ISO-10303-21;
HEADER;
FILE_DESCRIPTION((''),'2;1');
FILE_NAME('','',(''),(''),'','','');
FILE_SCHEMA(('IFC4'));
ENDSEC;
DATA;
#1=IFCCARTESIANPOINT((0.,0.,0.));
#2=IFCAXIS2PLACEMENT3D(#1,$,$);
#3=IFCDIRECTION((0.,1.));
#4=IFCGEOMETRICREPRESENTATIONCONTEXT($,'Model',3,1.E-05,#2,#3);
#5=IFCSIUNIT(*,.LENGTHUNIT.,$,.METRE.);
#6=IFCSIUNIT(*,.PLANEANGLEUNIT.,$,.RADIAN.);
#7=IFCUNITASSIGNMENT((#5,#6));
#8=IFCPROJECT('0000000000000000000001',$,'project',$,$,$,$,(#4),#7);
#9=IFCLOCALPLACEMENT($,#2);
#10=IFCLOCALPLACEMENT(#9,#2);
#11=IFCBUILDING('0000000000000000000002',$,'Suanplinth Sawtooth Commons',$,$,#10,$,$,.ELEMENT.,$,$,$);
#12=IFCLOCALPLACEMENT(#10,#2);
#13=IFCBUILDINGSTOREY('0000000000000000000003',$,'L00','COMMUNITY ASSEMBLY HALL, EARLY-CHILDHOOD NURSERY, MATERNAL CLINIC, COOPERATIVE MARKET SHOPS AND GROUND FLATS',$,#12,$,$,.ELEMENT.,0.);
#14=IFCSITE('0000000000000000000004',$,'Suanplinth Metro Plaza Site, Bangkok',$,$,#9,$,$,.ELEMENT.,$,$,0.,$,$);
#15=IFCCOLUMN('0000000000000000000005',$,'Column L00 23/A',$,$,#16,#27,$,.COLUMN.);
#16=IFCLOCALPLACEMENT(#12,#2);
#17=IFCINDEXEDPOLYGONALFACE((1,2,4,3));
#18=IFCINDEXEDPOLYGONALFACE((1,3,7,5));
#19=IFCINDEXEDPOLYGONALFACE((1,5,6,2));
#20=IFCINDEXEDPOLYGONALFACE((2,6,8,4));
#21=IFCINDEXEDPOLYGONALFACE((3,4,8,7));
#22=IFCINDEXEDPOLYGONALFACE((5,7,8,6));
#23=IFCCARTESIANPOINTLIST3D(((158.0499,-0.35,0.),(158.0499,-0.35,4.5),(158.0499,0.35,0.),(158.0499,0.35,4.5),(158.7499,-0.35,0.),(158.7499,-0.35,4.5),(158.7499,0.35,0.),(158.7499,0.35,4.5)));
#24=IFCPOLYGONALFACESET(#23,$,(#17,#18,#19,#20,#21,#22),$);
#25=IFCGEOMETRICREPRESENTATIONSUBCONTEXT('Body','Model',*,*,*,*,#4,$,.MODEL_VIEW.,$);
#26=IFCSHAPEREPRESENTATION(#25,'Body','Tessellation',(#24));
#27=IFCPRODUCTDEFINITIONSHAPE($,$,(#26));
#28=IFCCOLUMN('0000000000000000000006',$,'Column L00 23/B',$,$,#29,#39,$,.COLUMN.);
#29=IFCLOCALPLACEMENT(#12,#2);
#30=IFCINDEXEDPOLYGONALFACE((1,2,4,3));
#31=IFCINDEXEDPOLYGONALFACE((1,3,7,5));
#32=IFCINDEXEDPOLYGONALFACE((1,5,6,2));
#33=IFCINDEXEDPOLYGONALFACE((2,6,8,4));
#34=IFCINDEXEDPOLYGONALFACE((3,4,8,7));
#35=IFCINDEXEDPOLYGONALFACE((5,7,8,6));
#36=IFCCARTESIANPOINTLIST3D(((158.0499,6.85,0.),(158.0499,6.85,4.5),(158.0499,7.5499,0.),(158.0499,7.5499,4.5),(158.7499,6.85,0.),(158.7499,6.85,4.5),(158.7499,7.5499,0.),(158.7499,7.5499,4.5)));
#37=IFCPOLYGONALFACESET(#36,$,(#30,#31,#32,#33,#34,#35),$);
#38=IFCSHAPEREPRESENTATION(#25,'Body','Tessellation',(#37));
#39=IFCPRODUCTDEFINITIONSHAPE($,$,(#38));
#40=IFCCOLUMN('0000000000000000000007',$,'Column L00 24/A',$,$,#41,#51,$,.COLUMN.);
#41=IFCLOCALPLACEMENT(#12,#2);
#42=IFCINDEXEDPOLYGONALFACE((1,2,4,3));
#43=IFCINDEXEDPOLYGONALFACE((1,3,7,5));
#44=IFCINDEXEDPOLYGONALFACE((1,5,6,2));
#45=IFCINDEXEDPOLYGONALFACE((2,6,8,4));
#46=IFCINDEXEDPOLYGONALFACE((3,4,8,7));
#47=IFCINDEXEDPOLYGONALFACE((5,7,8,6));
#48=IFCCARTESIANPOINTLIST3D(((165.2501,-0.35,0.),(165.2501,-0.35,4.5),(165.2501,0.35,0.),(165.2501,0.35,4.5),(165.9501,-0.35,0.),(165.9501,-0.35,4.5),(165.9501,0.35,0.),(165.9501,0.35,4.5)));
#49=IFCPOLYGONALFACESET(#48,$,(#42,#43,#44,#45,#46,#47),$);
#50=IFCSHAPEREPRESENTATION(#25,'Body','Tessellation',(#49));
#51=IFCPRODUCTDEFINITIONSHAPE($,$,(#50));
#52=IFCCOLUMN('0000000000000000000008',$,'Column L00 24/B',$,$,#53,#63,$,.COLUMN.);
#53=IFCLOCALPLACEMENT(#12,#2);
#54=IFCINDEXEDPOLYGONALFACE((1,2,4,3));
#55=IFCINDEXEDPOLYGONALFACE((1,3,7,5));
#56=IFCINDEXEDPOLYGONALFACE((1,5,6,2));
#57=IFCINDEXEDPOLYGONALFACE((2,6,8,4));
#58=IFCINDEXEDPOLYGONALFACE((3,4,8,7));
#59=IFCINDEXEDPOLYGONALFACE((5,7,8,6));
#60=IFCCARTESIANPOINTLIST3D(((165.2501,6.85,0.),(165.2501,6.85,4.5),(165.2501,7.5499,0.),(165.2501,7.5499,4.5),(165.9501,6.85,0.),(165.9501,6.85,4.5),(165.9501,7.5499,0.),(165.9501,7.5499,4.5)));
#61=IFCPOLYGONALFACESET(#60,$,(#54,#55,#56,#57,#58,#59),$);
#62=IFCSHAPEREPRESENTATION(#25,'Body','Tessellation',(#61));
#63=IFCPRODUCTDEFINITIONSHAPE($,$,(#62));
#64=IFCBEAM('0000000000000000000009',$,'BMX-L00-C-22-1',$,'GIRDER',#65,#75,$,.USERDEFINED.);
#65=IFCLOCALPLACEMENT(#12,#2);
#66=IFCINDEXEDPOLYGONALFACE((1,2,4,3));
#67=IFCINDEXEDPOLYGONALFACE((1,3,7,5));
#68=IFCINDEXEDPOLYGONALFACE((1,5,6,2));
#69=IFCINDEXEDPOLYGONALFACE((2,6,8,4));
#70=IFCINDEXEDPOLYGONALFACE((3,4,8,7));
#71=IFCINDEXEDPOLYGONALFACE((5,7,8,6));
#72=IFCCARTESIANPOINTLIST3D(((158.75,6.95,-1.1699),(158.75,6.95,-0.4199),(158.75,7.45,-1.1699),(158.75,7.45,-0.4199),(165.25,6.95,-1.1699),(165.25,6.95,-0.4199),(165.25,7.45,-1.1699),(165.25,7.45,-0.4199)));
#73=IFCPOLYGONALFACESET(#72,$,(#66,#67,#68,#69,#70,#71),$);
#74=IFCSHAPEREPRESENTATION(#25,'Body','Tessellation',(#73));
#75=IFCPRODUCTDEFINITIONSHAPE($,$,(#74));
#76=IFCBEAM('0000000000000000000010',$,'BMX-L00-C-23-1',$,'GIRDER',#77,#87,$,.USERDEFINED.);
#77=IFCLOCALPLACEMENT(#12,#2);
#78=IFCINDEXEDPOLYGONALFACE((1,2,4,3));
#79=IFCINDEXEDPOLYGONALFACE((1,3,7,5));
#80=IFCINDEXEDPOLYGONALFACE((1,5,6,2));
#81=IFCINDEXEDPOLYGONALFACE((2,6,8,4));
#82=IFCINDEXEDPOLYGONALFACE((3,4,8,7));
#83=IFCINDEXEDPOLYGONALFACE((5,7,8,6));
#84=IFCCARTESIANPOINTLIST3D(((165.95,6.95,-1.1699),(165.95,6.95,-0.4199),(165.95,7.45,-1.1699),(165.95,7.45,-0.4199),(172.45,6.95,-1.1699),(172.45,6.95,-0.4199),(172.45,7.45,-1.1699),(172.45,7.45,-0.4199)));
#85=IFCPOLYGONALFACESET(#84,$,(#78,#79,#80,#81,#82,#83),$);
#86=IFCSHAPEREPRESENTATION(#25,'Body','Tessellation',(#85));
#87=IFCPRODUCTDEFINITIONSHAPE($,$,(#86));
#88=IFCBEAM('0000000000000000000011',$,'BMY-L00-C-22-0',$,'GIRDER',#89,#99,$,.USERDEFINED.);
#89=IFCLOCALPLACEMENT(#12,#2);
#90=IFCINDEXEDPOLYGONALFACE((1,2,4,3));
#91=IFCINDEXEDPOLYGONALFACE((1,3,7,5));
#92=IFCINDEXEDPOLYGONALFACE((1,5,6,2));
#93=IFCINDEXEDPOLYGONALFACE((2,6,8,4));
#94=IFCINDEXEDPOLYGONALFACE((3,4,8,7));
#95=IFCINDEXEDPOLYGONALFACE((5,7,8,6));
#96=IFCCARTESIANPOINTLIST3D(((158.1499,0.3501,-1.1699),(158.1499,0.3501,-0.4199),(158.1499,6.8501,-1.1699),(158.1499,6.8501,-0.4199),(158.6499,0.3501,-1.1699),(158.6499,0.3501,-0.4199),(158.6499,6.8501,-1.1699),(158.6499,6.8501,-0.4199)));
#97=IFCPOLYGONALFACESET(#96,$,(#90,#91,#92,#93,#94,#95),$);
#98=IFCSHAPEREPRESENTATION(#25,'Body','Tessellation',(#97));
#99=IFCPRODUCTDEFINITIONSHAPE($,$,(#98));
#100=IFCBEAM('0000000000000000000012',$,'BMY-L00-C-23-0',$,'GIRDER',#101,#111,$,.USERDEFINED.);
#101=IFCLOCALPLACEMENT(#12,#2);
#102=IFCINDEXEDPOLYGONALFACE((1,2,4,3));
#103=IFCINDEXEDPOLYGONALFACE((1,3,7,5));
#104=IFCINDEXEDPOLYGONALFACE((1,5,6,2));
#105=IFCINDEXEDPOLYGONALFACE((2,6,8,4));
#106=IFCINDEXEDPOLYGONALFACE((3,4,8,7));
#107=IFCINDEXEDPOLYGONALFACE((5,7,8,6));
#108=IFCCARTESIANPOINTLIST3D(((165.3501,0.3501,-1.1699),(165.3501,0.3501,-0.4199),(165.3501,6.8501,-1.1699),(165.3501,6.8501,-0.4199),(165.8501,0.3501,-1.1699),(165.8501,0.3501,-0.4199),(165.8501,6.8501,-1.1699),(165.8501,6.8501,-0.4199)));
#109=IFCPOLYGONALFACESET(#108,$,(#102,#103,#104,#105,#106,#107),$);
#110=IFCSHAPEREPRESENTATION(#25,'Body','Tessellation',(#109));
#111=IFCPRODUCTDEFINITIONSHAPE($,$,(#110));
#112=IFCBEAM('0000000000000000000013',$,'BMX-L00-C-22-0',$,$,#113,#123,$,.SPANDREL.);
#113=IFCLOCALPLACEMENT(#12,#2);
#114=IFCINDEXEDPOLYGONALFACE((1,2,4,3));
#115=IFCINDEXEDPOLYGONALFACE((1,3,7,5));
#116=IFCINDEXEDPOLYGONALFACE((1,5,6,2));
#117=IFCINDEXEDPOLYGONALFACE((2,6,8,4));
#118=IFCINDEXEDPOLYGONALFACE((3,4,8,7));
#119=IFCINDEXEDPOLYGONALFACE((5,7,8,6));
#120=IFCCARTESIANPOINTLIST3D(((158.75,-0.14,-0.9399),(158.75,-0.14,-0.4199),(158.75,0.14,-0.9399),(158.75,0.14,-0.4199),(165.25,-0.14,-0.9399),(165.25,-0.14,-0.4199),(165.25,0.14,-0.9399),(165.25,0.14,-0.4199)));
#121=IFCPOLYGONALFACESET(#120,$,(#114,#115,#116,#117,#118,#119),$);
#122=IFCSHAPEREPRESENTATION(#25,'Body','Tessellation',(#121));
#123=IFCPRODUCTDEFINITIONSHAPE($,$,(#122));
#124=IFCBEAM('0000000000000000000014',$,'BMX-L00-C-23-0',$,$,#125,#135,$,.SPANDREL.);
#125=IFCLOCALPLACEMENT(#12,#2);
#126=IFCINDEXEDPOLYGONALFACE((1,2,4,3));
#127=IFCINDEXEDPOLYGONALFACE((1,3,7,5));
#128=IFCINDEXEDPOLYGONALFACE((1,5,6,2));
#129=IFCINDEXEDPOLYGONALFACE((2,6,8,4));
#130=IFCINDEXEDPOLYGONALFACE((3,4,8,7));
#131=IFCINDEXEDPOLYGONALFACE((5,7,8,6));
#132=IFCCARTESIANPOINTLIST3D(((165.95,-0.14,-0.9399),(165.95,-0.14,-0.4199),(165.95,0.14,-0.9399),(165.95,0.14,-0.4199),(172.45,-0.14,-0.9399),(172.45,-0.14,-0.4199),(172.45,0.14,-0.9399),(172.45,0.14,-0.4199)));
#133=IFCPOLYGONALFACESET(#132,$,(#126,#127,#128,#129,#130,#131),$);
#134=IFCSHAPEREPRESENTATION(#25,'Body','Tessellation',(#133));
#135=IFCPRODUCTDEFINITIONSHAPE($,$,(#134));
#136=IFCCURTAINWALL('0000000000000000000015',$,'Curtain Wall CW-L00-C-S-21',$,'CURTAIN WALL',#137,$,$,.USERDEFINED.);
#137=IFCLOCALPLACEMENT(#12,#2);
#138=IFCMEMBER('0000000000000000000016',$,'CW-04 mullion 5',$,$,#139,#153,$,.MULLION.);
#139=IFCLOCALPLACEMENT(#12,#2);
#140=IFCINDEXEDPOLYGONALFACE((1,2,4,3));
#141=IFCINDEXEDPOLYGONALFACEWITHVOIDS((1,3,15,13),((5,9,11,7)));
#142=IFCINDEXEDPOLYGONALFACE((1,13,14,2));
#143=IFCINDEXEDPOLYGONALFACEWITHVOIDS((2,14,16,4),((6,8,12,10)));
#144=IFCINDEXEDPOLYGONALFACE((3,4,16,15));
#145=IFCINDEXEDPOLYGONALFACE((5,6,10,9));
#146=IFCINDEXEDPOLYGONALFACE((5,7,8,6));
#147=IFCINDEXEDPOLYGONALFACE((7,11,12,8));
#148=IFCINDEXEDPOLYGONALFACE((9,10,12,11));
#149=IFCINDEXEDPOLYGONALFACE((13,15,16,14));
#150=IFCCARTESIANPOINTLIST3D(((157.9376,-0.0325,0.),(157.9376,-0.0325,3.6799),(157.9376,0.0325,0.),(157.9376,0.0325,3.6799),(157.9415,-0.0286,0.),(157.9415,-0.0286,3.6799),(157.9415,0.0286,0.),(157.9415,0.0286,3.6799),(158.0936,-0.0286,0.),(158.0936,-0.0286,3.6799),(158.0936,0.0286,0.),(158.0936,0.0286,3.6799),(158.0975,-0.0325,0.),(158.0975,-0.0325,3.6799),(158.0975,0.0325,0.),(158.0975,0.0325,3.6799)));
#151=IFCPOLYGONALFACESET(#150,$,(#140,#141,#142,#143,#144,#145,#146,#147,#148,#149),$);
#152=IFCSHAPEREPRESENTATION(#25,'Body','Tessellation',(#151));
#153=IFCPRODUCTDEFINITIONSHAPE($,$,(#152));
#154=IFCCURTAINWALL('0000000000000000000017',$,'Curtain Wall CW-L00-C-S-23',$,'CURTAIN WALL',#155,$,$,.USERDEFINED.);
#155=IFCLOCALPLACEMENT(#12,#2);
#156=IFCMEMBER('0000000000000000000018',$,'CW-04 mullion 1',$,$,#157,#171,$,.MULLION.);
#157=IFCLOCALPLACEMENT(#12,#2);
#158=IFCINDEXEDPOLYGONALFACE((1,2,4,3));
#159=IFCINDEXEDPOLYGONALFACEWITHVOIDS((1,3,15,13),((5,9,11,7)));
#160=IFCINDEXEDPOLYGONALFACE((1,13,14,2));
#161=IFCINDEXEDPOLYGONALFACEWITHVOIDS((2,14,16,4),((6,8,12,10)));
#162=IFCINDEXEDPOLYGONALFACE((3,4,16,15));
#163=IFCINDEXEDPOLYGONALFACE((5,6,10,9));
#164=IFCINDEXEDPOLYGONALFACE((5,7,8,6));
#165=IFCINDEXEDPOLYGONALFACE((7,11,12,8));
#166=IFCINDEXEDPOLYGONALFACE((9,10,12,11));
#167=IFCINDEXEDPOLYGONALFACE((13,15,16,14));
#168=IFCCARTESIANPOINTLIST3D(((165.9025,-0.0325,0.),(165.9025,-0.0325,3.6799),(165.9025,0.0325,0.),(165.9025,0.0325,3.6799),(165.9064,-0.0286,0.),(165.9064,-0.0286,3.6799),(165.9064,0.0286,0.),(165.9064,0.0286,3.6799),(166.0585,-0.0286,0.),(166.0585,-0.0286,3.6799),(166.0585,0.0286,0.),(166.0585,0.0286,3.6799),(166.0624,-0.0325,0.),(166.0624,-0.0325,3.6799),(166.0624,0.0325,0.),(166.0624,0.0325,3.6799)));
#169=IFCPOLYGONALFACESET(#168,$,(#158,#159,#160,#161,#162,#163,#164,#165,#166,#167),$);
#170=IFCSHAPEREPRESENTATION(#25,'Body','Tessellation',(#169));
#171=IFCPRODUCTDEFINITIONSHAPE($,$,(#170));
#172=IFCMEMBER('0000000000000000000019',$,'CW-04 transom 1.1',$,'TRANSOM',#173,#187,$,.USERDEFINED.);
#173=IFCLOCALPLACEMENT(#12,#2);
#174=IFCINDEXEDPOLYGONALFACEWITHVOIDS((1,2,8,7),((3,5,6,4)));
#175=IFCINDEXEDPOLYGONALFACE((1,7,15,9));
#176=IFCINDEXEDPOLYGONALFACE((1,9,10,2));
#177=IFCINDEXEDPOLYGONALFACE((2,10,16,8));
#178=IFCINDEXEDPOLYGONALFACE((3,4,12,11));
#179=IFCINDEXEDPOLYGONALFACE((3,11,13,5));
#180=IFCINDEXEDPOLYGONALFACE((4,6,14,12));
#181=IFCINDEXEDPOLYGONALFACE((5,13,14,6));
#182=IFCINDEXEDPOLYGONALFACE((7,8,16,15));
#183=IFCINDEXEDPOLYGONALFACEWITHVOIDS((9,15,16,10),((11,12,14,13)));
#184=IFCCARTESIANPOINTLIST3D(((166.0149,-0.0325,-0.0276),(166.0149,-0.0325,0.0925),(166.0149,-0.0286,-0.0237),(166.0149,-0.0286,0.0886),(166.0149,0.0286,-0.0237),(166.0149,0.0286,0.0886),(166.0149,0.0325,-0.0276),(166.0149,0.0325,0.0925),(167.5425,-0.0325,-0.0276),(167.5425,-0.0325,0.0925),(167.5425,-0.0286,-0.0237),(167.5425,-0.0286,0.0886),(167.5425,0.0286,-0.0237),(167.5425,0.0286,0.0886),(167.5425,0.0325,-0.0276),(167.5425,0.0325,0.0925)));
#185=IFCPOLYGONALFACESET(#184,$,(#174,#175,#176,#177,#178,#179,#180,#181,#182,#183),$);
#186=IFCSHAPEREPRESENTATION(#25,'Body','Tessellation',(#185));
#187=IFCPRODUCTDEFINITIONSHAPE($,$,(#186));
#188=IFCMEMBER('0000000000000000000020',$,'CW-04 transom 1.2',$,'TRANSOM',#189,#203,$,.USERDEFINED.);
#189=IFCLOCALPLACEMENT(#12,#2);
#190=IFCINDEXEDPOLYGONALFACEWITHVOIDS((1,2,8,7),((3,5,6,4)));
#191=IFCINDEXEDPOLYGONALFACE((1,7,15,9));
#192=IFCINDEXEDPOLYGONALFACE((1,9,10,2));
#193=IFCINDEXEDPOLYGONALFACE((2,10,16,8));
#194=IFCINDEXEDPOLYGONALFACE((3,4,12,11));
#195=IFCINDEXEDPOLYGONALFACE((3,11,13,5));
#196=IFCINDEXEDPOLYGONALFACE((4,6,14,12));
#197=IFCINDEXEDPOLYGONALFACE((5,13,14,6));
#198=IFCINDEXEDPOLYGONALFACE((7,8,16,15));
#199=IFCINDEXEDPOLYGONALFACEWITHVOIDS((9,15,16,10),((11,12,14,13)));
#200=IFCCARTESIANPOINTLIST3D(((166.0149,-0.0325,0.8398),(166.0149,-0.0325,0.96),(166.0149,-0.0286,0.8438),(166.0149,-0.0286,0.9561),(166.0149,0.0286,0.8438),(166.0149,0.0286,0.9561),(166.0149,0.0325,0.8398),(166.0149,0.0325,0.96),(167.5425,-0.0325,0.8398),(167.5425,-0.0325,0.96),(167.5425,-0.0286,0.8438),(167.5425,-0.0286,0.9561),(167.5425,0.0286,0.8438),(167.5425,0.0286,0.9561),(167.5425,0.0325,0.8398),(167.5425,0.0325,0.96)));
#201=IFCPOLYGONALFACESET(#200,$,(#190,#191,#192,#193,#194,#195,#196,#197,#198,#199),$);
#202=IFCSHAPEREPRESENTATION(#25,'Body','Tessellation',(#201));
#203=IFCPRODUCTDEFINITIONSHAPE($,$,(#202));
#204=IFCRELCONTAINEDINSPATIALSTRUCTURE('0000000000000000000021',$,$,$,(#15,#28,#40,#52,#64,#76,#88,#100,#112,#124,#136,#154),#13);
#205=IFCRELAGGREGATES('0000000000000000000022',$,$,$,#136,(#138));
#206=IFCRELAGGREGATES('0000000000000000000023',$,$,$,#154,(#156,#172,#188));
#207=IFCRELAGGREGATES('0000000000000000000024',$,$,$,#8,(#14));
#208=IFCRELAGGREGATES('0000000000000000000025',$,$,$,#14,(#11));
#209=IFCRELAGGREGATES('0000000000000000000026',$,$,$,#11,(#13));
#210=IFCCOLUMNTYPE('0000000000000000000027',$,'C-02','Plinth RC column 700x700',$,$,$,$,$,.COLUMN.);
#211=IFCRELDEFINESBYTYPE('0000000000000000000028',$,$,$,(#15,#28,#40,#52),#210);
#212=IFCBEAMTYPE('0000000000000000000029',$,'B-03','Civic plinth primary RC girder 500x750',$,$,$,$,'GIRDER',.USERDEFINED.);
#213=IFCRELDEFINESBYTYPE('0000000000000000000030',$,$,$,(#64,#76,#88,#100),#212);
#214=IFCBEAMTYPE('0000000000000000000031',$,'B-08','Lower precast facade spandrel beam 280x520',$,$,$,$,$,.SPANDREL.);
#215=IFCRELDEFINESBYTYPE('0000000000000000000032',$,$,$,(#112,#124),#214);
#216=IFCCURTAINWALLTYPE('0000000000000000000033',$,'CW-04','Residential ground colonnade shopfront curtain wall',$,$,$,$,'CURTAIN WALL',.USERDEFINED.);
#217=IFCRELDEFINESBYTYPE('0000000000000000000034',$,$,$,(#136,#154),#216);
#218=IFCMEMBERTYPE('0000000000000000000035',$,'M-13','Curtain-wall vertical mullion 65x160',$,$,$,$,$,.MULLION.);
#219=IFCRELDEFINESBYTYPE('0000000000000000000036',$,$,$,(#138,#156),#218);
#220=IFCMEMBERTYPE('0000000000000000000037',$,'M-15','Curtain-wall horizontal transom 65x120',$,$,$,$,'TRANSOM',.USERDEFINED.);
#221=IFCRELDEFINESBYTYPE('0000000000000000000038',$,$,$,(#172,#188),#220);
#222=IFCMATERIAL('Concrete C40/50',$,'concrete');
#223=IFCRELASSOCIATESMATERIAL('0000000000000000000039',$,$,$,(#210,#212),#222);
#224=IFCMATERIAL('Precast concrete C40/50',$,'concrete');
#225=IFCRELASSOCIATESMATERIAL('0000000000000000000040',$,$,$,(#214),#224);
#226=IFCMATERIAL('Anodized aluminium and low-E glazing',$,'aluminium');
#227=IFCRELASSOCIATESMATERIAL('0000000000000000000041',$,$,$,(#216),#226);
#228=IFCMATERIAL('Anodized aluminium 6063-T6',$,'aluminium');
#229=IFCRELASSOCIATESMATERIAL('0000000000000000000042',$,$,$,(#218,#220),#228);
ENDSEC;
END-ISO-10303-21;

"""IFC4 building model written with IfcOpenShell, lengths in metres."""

from ifc_helpers import new_model, si_unit, direction, frame, origin, origin_2d, place, context, subcontext, project, spatial, rectangle, hollow_rectangle, extrude, material, material_profile, profile_set, type_object, element, aggregate, save


model = new_model("IFC4")

# Units and contexts
model_context = context("Model", 3, precision=1e-05, world=origin(), true_north=direction((0.0, 1.0)))
body_context = subcontext(model_context, "Body", "Model", "MODEL_VIEW")
ifc_project = project(units=[si_unit("LENGTHUNIT", "METRE"), si_unit("PLANEANGLEUNIT", "RADIAN")], contexts=[model_context])

# Site, building, storey
site_placement = place(None, origin())
site = spatial("IfcSite", under=ifc_project, at=site_placement, Name="Suanplinth Metro Plaza Site, Bangkok", CompositionType="ELEMENT", RefElevation=0.0)
building_placement = place(site_placement, origin())
building = spatial("IfcBuilding", under=site, at=building_placement, Name="Suanplinth Sawtooth Commons", CompositionType="ELEMENT")
storey_placement = place(building_placement, origin())
storey = spatial("IfcBuildingStorey", under=building, at=storey_placement, Name="L00", Description="COMMUNITY ASSEMBLY HALL, EARLY-CHILDHOOD NURSERY, MATERNAL CLINIC, COOPERATIVE MARKET SHOPS AND GROUND FLATS", CompositionType="ELEMENT", Elevation=0.0)

# Columns
ifc_material_1 = material(Name="Concrete C40/50", Category="concrete")
ifc_material_profile_1 = material_profile(ifc_material_1, rectangle(XDim=0.7, YDim=0.7, at=origin_2d()), Name="RC-COL 700x700")
ifc_profile_set_1 = profile_set([ifc_material_profile_1], Name="Concrete C40/50")
column_type = type_object("IfcColumnType", Name="C-02", Description="Plinth RC column 700x700", PredefinedType="COLUMN", material=ifc_profile_set_1)
for number, where, z_axis, x_axis, name in (
    (1, (158.3999, 0.0, 0.0), (0.0, 0.0, 1.0), (1.0, 0.0, 0.0), "Column L00 23/A"),
    (2, (158.3999, 7.2, 0.0), (0.0, 0.0, 1.0), (1.0, 0.0, 0.0), "Column L00 23/B"),
    (3, (165.6001, 0.0, 0.0), (0.0, 0.0, 1.0), (1.0, 0.0, 0.0), "Column L00 24/A"),
    (4, (165.6001, 7.2, 0.0), (0.0, 0.0, 1.0), (1.0, 0.0, 0.0), "Column L00 24/B"),
):
    element("IfcColumn", number, at=place(storey_placement, frame(where, z_axis=z_axis, x_axis=x_axis)), inside=storey, type_object=column_type, Name=name, PredefinedType="COLUMN", context=body_context, shape_type="SweptSolid", body=[
        extrude(rectangle(XDim=0.7, YDim=0.7, at=origin_2d()), origin(), (0.0, 0.0, 1.0), 4.5),
    ])

# Beams
ifc_material_profile_2 = material_profile(ifc_material_1, rectangle(XDim=0.5, YDim=0.75, at=origin_2d()), Name="RC-GDR 500x750")
ifc_profile_set_2 = profile_set([ifc_material_profile_2], Name="Concrete C40/50")
beam_type_1 = type_object("IfcBeamType", Name="B-03", Description="Civic plinth primary RC girder 500x750", ElementType="GIRDER", PredefinedType="USERDEFINED", material=ifc_profile_set_2)
for number, where, z_axis, x_axis, name in (
    (5, (158.75, 7.2, -0.7949), (1.0, 0.0, 0.0), (0.0, 1.0, 0.0), "BMX-L00-C-22-1"),
    (6, (165.95, 7.2, -0.7949), (1.0, 0.0, 0.0), (0.0, 1.0, 0.0), "BMX-L00-C-23-1"),
    (7, (158.3999, 0.3501, -0.7949), (0.0, 1.0, 0.0), (-1.0, 0.0, 0.0), "BMY-L00-C-22-0"),
    (8, (165.6001, 0.3501, -0.7949), (0.0, 1.0, 0.0), (-1.0, 0.0, 0.0), "BMY-L00-C-23-0"),
):
    element("IfcBeam", number, at=place(storey_placement, frame(where, z_axis=z_axis, x_axis=x_axis)), inside=storey, type_object=beam_type_1, Name=name, ObjectType="GIRDER", PredefinedType="USERDEFINED", context=body_context, shape_type="SweptSolid", body=[
        extrude(rectangle(XDim=0.5, YDim=0.75, at=origin_2d()), origin(), (0.0, 0.0, 1.0), 6.5),
    ])
ifc_material_2 = material(Name="Precast concrete C40/50", Category="concrete")
ifc_material_profile_3 = material_profile(ifc_material_2, rectangle(XDim=0.28, YDim=0.52, at=origin_2d()), Name="PC-SP 280x520")
ifc_profile_set_3 = profile_set([ifc_material_profile_3], Name="Precast concrete C40/50")
beam_type_2 = type_object("IfcBeamType", Name="B-08", Description="Lower precast facade spandrel beam 280x520", PredefinedType="SPANDREL", material=ifc_profile_set_3)
for number, where, z_axis, x_axis, name in (
    (9, (158.75, 0.0, -0.6799), (1.0, 0.0, 0.0), (0.0, 1.0, 0.0), "BMX-L00-C-22-0"),
    (10, (165.95, 0.0, -0.6799), (1.0, 0.0, 0.0), (0.0, 1.0, 0.0), "BMX-L00-C-23-0"),
):
    element("IfcBeam", number, at=place(storey_placement, frame(where, z_axis=z_axis, x_axis=x_axis)), inside=storey, type_object=beam_type_2, Name=name, PredefinedType="SPANDREL", context=body_context, shape_type="SweptSolid", body=[
        extrude(rectangle(XDim=0.28, YDim=0.52, at=origin_2d()), origin(), (0.0, 0.0, 1.0), 6.5),
    ])

# Curtain wall, member
ifc_material_3 = material(Name="Anodized aluminium and low-E glazing", Category="aluminium")
curtain_wall_type = type_object("IfcCurtainWallType", Name="CW-04", Description="Residential ground colonnade shopfront curtain wall", ElementType="CURTAIN WALL", PredefinedType="USERDEFINED", material=ifc_material_3)
curtain_wall_1_placement = place(storey_placement, origin())
curtain_wall_1 = element("IfcCurtainWall", 11, at=curtain_wall_1_placement, inside=storey, type_object=curtain_wall_type, Name="Curtain Wall CW-L00-C-S-21", ObjectType="CURTAIN WALL", PredefinedType="USERDEFINED")
ifc_material_4 = material(Name="Anodized aluminium 6063-T6", Category="aluminium")
ifc_material_profile_4 = material_profile(ifc_material_4, hollow_rectangle(XDim=0.0649, YDim=0.1599, WallThickness=0.0039, at=origin_2d()), Name="ALU-MUL 65x160")
ifc_profile_set_4 = profile_set([ifc_material_profile_4], Name="Anodized aluminium 6063-T6")
member_type_1 = type_object("IfcMemberType", Name="M-13", Description="Curtain-wall vertical mullion 65x160", PredefinedType="MULLION", material=ifc_profile_set_4)
member_1_placement = place(storey_placement, frame((158.0176, 0.0, 0.0), z_axis=(0.0, 0.0, 1.0), x_axis=(0.0, 1.0, 0.0)))
member_1 = element("IfcMember", 12, at=member_1_placement, type_object=member_type_1, Name="CW-04 mullion 5", PredefinedType="MULLION", context=body_context, shape_type="SweptSolid", body=[
    extrude(hollow_rectangle(XDim=0.0649, YDim=0.1599, WallThickness=0.0039, at=origin_2d()), origin(), (0.0, 0.0, 1.0), 3.6799),
])
aggregate(curtain_wall_1, [member_1])

# Curtain wall, members
curtain_wall_2_placement = place(storey_placement, origin())
curtain_wall_2 = element("IfcCurtainWall", 13, at=curtain_wall_2_placement, inside=storey, type_object=curtain_wall_type, Name="Curtain Wall CW-L00-C-S-23", ObjectType="CURTAIN WALL", PredefinedType="USERDEFINED")
member_2_placement = place(storey_placement, frame((165.9824, 0.0, 0.0), z_axis=(0.0, 0.0, 1.0), x_axis=(0.0, 1.0, 0.0)))
member_2 = element("IfcMember", 14, at=member_2_placement, type_object=member_type_1, Name="CW-04 mullion 1", PredefinedType="MULLION", context=body_context, shape_type="SweptSolid", body=[
    extrude(hollow_rectangle(XDim=0.0649, YDim=0.1599, WallThickness=0.0039, at=origin_2d()), origin(), (0.0, 0.0, 1.0), 3.6799),
])
ifc_material_profile_5 = material_profile(ifc_material_4, hollow_rectangle(XDim=0.0649, YDim=0.1201, WallThickness=0.0039, at=origin_2d()), Name="ALU-TRN 65x120")
ifc_profile_set_5 = profile_set([ifc_material_profile_5], Name="Anodized aluminium 6063-T6")
member_type_2 = type_object("IfcMemberType", Name="M-15", Description="Curtain-wall horizontal transom 65x120", ElementType="TRANSOM", PredefinedType="USERDEFINED", material=ifc_profile_set_5)
member_3_placement = place(storey_placement, frame((166.0149, 0.0, 0.0325), z_axis=(1.0, 0.0, 0.0), x_axis=(0.0, 1.0, 0.0)))
member_3 = element("IfcMember", 15, at=member_3_placement, type_object=member_type_2, Name="CW-04 transom 1.1", ObjectType="TRANSOM", PredefinedType="USERDEFINED", context=body_context, shape_type="SweptSolid", body=[
    extrude(hollow_rectangle(XDim=0.0649, YDim=0.1201, WallThickness=0.0039, at=origin_2d()), origin(), (0.0, 0.0, 1.0), 1.5276),
])
member_4_placement = place(storey_placement, frame((166.0149, 0.0, 0.8999), z_axis=(1.0, 0.0, 0.0), x_axis=(0.0, 1.0, 0.0)))
member_4 = element("IfcMember", 16, at=member_4_placement, type_object=member_type_2, Name="CW-04 transom 1.2", ObjectType="TRANSOM", PredefinedType="USERDEFINED", context=body_context, shape_type="SweptSolid", body=[
    extrude(hollow_rectangle(XDim=0.0649, YDim=0.1201, WallThickness=0.0039, at=origin_2d()), origin(), (0.0, 0.0, 1.0), 1.5276),
])
aggregate(curtain_wall_2, [member_2, member_3, member_4])

save(model, "model.ifc")
